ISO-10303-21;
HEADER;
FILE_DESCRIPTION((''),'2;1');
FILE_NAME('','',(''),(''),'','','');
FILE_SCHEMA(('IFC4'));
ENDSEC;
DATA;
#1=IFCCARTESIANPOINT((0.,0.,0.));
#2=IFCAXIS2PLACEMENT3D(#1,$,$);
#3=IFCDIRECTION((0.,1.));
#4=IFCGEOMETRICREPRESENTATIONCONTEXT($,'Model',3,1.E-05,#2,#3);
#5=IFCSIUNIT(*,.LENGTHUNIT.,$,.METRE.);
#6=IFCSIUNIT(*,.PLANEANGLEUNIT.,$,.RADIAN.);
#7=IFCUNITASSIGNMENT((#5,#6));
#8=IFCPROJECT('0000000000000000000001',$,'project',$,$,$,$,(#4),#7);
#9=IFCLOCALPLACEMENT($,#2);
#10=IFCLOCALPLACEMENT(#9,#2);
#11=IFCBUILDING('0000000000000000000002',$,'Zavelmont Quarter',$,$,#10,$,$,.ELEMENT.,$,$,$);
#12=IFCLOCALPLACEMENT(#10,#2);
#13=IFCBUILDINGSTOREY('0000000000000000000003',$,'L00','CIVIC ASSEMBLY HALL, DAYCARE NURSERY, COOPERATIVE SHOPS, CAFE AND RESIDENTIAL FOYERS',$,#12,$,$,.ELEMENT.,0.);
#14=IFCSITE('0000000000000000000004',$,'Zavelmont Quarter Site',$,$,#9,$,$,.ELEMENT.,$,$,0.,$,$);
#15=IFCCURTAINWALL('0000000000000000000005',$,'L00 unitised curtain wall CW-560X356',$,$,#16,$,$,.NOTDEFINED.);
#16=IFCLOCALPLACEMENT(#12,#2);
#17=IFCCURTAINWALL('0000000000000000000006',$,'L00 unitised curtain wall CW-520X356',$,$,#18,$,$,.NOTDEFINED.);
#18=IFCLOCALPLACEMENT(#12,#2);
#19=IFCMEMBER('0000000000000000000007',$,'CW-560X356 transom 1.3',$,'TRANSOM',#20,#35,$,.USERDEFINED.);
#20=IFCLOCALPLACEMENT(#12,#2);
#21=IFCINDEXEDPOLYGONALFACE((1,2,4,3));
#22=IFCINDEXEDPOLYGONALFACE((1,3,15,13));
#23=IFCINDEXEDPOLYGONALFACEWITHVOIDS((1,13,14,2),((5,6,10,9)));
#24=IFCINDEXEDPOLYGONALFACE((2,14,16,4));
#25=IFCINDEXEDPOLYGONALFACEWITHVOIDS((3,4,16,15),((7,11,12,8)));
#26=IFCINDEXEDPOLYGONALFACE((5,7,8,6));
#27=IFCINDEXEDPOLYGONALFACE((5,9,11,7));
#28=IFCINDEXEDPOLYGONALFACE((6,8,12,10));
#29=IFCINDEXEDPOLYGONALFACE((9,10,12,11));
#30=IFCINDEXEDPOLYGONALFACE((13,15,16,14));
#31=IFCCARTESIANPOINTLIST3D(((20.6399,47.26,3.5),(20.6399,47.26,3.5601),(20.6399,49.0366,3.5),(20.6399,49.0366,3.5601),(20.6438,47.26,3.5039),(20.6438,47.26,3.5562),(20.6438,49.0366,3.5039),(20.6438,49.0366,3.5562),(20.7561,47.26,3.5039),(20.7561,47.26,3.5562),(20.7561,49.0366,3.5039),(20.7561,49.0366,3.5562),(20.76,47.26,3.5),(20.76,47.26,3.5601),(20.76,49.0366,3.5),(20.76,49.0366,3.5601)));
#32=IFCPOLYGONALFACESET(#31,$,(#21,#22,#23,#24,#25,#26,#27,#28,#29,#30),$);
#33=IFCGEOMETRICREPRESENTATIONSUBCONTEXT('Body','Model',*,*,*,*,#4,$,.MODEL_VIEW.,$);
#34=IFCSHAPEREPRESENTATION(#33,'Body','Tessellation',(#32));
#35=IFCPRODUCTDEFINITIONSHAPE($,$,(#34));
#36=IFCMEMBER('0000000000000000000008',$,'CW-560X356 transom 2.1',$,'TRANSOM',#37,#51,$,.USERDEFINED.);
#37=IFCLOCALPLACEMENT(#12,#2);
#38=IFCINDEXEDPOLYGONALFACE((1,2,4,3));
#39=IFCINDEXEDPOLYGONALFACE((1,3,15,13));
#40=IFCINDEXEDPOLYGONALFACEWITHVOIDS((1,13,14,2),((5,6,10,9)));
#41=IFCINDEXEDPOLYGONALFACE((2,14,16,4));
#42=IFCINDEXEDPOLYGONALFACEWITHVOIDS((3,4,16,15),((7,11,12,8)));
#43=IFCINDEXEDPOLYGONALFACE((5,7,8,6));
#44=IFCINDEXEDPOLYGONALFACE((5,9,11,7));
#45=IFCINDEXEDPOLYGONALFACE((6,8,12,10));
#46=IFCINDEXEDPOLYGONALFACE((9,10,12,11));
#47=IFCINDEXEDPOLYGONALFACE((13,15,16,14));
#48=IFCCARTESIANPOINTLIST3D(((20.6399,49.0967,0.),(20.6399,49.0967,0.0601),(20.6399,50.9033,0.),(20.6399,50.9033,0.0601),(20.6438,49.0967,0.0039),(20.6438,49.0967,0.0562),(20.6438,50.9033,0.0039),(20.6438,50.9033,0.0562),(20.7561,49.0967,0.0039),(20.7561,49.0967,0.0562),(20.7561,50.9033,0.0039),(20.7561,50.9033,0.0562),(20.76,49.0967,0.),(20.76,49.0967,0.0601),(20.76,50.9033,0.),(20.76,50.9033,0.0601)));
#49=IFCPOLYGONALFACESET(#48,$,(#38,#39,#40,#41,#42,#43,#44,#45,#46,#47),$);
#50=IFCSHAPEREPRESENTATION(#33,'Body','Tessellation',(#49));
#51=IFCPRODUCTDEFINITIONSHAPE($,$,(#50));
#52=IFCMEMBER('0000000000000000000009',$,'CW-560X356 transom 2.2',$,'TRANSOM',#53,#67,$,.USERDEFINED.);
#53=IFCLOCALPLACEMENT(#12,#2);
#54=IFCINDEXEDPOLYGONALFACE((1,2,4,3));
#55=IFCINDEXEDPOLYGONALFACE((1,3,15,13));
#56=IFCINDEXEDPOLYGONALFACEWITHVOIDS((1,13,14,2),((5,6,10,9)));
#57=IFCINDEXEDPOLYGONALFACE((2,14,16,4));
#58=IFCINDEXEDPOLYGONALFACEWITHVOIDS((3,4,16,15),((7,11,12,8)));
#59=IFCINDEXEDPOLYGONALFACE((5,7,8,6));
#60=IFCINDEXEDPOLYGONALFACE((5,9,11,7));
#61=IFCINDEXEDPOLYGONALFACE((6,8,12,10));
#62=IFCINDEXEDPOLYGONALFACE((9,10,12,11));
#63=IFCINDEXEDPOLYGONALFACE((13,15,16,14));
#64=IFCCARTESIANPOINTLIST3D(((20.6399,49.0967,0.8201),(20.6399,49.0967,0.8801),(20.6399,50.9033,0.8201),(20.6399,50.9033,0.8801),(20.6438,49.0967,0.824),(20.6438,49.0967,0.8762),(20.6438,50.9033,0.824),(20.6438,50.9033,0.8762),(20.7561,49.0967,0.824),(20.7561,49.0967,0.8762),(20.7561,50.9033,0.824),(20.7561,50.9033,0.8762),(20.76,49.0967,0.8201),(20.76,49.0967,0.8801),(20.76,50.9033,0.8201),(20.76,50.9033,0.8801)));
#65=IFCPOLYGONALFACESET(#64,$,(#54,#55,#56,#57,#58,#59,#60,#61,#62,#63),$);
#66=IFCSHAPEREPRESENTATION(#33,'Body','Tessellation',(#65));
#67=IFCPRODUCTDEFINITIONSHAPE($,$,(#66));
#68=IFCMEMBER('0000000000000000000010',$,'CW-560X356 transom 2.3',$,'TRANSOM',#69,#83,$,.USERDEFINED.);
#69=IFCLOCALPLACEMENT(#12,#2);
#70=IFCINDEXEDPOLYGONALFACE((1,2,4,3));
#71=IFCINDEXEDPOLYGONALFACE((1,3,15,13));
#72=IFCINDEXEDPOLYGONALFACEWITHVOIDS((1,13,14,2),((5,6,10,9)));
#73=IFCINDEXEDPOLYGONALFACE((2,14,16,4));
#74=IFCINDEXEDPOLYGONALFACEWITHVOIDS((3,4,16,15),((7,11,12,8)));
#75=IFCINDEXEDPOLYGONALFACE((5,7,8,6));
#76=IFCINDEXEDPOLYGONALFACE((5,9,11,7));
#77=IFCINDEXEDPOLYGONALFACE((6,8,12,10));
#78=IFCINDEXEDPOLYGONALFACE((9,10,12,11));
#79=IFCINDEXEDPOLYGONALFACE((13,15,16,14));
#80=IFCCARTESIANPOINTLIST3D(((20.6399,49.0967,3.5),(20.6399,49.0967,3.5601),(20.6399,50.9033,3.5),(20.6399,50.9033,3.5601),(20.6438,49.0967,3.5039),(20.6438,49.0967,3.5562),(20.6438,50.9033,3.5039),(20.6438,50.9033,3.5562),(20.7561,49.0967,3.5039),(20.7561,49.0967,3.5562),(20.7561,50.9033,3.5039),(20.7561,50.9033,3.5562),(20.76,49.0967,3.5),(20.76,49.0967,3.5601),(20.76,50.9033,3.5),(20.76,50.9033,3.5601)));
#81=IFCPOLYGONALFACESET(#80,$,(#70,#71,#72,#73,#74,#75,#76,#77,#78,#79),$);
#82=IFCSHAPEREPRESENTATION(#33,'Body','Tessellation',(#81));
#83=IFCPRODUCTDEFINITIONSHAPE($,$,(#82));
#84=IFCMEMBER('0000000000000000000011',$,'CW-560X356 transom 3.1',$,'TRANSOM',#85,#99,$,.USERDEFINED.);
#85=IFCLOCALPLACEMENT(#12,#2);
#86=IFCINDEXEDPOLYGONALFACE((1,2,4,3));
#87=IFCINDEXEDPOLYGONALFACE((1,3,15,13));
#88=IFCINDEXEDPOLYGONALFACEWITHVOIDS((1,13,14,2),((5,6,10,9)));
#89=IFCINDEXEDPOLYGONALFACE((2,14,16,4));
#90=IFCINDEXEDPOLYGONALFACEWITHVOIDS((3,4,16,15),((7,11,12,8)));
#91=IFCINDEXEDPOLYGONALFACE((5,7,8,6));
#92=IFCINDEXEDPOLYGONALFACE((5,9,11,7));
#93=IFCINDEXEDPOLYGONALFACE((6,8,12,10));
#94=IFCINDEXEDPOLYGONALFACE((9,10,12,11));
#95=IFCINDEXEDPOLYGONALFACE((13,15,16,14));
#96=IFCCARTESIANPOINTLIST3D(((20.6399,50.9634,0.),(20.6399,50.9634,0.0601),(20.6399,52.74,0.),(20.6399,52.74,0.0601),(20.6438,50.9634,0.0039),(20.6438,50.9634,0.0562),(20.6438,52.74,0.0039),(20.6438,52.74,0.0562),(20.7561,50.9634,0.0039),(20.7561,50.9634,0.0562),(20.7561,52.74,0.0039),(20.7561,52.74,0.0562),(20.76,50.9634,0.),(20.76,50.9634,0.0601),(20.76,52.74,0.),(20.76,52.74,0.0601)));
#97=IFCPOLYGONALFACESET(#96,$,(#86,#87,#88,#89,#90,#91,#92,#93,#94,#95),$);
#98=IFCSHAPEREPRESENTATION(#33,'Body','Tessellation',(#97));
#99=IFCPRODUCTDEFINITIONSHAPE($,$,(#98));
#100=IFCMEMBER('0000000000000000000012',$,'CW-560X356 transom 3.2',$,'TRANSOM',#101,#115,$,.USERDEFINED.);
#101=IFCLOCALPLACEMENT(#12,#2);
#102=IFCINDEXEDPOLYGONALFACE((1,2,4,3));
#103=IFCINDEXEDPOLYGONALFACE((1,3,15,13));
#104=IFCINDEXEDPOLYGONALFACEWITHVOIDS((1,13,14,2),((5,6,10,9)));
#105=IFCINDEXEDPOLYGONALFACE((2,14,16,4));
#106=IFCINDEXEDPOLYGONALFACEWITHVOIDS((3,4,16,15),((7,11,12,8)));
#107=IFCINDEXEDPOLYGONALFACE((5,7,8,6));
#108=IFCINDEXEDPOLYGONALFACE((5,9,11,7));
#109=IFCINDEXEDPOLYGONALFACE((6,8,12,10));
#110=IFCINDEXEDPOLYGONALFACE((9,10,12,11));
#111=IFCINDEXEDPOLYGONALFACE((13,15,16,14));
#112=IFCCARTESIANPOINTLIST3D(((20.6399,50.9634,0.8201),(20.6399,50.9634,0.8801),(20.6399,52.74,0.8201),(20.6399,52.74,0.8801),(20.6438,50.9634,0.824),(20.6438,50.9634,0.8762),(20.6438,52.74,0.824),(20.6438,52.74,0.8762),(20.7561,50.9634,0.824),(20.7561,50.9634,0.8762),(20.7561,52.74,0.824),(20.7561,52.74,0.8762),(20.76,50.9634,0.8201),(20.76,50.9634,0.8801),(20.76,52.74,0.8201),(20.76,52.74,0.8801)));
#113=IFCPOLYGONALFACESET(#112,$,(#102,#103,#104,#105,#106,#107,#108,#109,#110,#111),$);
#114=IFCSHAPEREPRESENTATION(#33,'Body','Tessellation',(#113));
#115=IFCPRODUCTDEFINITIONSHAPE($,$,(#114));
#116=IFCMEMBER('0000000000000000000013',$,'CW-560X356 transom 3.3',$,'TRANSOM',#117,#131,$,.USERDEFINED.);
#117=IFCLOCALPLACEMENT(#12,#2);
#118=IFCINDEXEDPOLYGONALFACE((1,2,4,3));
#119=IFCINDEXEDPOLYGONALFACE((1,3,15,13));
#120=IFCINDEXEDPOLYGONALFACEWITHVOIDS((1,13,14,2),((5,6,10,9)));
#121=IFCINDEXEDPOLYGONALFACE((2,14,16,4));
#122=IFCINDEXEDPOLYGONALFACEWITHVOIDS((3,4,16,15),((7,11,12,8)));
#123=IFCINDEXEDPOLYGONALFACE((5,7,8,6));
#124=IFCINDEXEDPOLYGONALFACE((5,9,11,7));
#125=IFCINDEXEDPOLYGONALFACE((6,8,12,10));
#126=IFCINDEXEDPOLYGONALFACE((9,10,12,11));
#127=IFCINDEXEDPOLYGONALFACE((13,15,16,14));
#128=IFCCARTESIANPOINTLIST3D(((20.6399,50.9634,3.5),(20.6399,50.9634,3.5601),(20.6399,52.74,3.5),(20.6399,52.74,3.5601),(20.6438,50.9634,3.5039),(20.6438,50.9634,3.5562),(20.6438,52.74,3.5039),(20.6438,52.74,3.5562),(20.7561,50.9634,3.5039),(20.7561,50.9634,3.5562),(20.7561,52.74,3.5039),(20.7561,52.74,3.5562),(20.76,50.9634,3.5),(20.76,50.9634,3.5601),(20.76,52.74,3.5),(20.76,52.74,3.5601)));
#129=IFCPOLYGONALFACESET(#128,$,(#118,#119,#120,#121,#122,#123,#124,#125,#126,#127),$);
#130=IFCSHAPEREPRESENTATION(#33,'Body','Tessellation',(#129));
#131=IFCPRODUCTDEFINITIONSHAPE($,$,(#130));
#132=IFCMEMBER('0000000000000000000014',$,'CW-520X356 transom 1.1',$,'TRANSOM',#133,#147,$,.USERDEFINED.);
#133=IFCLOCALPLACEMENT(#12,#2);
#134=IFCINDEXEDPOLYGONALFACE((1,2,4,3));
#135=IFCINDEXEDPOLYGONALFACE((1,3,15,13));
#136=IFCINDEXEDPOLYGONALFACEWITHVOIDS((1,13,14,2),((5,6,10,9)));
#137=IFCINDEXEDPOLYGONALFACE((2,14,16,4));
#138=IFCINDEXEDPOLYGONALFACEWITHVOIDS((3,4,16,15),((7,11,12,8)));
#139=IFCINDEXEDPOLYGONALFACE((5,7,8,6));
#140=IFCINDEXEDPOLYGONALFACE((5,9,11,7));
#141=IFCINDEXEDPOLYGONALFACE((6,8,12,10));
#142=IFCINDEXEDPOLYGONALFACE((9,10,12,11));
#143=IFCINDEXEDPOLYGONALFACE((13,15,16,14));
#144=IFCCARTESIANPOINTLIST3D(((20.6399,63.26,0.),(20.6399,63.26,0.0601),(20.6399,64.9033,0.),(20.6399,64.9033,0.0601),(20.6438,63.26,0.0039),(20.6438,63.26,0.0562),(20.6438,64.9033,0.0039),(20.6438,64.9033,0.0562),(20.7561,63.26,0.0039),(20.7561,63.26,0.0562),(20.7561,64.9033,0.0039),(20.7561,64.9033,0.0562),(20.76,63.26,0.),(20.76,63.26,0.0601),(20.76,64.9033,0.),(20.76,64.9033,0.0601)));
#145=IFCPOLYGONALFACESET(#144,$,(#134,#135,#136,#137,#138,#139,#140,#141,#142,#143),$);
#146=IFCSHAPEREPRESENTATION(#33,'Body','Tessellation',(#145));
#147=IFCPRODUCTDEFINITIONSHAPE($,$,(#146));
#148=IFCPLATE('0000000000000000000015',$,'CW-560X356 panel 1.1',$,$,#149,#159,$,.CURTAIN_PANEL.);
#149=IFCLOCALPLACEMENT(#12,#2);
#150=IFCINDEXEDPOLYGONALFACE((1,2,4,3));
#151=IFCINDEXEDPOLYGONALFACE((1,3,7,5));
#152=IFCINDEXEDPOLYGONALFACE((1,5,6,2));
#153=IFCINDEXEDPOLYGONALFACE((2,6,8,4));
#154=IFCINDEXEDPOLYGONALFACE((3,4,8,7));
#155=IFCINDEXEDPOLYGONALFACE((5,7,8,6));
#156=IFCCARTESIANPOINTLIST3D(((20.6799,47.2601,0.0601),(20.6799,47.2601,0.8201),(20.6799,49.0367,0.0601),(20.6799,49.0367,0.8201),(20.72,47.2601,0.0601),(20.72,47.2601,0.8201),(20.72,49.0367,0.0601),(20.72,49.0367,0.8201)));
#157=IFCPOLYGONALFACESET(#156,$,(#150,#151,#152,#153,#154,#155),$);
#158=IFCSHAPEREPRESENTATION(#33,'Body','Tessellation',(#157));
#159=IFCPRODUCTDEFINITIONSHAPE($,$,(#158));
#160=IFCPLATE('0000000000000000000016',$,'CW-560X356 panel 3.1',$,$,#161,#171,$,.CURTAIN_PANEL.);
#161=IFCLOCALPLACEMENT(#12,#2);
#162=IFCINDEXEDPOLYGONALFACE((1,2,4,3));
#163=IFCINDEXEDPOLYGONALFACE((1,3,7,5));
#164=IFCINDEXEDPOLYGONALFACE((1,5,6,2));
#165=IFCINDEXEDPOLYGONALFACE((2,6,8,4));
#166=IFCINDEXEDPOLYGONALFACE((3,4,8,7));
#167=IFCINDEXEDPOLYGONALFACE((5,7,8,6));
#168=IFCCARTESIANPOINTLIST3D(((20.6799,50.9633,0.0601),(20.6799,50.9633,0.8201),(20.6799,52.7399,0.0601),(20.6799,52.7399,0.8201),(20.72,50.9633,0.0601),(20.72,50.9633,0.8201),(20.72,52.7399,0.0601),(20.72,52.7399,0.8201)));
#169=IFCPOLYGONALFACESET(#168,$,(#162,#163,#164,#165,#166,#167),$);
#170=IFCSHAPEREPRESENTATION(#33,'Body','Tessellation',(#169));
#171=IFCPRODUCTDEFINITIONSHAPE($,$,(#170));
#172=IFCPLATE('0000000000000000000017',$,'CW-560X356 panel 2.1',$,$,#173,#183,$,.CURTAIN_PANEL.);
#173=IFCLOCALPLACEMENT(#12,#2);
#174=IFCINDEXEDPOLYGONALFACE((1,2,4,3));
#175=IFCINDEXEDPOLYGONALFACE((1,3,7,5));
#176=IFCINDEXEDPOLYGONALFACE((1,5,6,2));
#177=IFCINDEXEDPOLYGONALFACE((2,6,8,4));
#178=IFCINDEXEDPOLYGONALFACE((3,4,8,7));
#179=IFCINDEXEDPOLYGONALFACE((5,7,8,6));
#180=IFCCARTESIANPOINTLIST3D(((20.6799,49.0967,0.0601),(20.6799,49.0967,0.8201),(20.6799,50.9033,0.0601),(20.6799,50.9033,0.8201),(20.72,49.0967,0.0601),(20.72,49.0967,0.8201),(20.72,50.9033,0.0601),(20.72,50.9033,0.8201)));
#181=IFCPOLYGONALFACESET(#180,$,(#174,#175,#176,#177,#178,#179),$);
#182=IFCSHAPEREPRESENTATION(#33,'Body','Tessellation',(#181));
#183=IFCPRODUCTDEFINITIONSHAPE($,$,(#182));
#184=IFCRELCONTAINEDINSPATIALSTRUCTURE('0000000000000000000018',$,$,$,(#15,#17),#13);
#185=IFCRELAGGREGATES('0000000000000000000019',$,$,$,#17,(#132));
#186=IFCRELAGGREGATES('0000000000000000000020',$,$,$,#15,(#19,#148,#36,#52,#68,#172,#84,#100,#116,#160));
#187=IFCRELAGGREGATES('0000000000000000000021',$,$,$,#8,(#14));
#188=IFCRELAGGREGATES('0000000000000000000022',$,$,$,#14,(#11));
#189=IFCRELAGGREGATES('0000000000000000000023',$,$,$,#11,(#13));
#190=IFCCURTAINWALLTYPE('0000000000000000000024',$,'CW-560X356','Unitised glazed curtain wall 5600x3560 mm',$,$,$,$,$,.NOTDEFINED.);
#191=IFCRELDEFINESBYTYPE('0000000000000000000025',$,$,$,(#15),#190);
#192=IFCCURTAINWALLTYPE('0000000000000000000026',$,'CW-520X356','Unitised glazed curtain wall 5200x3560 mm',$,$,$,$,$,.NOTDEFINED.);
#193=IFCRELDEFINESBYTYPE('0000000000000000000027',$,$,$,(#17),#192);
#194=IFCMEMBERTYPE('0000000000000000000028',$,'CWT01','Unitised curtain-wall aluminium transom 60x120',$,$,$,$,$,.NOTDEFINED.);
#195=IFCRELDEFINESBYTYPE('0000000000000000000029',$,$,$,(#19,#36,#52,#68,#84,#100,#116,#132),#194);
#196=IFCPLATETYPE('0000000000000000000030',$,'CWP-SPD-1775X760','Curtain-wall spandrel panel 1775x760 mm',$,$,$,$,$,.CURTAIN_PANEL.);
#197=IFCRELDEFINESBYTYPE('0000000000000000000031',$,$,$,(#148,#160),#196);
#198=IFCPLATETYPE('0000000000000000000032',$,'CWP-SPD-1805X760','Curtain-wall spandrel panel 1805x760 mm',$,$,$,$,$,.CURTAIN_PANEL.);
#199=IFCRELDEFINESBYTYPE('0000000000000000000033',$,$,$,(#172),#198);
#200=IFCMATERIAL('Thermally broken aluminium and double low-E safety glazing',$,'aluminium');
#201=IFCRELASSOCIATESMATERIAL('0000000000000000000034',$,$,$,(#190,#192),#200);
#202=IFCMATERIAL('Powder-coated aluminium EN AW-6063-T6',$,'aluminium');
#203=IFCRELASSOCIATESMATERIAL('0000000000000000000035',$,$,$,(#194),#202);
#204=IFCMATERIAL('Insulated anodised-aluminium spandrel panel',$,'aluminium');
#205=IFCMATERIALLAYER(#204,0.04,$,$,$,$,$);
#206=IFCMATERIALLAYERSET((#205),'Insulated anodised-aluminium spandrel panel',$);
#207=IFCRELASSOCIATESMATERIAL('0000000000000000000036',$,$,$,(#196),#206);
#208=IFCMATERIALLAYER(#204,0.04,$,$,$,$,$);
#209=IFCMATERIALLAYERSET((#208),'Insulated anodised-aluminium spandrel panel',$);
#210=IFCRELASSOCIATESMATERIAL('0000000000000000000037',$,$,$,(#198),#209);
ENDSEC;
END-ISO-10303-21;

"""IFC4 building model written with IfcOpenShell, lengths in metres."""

from ifc_helpers import new_model, si_unit, direction, frame, origin, origin_2d, place, context, subcontext, project, spatial, rectangle, hollow_rectangle, extrude, material, layer, layer_set, material_profile, profile_set, type_object, element, aggregate, save


model = new_model("IFC4")

# Units and contexts
model_context = context("Model", 3, precision=1e-05, world=origin(), true_north=direction((0.0, 1.0)))
body_context = subcontext(model_context, "Body", "Model", "MODEL_VIEW")
ifc_project = project(units=[si_unit("LENGTHUNIT", "METRE"), si_unit("PLANEANGLEUNIT", "RADIAN")], contexts=[model_context])

# Site, building, storey
site_placement = place(None, origin())
site = spatial("IfcSite", under=ifc_project, at=site_placement, Name="Zavelmont Quarter Site", CompositionType="ELEMENT", RefElevation=0.0)
building_placement = place(site_placement, origin())
building = spatial("IfcBuilding", under=site, at=building_placement, Name="Zavelmont Quarter", CompositionType="ELEMENT")
storey_placement = place(building_placement, origin())
storey = spatial("IfcBuildingStorey", under=building, at=storey_placement, Name="L00", Description="CIVIC ASSEMBLY HALL, DAYCARE NURSERY, COOPERATIVE SHOPS, CAFE AND RESIDENTIAL FOYERS", CompositionType="ELEMENT", Elevation=0.0)

# Curtain wall
ifc_material_1 = material(Name="Thermally broken aluminium and double low-E safety glazing", Category="aluminium")
curtain_wall_type_1 = type_object("IfcCurtainWallType", Name="CW-560X356", Description="Unitised glazed curtain wall 5600x3560 mm", PredefinedType="NOTDEFINED", material=ifc_material_1)
curtain_wall_1_placement = place(storey_placement, origin())
curtain_wall_1 = element("IfcCurtainWall", 1, at=curtain_wall_1_placement, inside=storey, type_object=curtain_wall_type_1, Name="L00 unitised curtain wall CW-560X356", PredefinedType="NOTDEFINED")
ifc_material_2 = material(Name="Powder-coated aluminium EN AW-6063-T6", Category="aluminium")

# Curtain wall
curtain_wall_type_2 = type_object("IfcCurtainWallType", Name="CW-520X356", Description="Unitised glazed curtain wall 5200x3560 mm", PredefinedType="NOTDEFINED", material=ifc_material_1)
curtain_wall_2_placement = place(storey_placement, origin())
curtain_wall_2 = element("IfcCurtainWall", 2, at=curtain_wall_2_placement, inside=storey, type_object=curtain_wall_type_2, Name="L00 unitised curtain wall CW-520X356", PredefinedType="NOTDEFINED")

# Members
ifc_material_profile_1 = material_profile(ifc_material_2, hollow_rectangle(XDim=0.1201, YDim=0.0601, WallThickness=0.0039, at=origin_2d()), Name="CWT60X120")
ifc_profile_set_1 = profile_set([ifc_material_profile_1], Name="Powder-coated aluminium EN AW-6063-T6")
member_type_1 = type_object("IfcMemberType", Name="CWT01", Description="Unitised curtain-wall aluminium transom 60x120", PredefinedType="NOTDEFINED", material=ifc_profile_set_1)
member_1_placement = place(storey_placement, frame((20.7, 47.26, 3.53), z_axis=(0.0, 1.0, 0.0), x_axis=(-1.0, 0.0, 0.0)))
member_1 = element("IfcMember", 3, at=member_1_placement, type_object=member_type_1, Name="CW-560X356 transom 1.3", ObjectType="TRANSOM", PredefinedType="USERDEFINED", context=body_context, shape_type="SweptSolid", body=[
    extrude(hollow_rectangle(XDim=0.1201, YDim=0.0601, WallThickness=0.0039, at=origin_2d()), origin(), (0.0, 0.0, 1.0), 1.7766),
])
member_2_placement = place(storey_placement, frame((20.7, 49.0967, 0.03), z_axis=(0.0, 1.0, 0.0), x_axis=(-1.0, 0.0, 0.0)))
member_2 = element("IfcMember", 4, at=member_2_placement, type_object=member_type_1, Name="CW-560X356 transom 2.1", ObjectType="TRANSOM", PredefinedType="USERDEFINED", context=body_context, shape_type="SweptSolid", body=[
    extrude(hollow_rectangle(XDim=0.1201, YDim=0.0601, WallThickness=0.0039, at=origin_2d()), origin(), (0.0, 0.0, 1.0), 1.8066),
])
member_3_placement = place(storey_placement, frame((20.7, 49.0967, 0.8501), z_axis=(0.0, 1.0, 0.0), x_axis=(-1.0, 0.0, 0.0)))
member_3 = element("IfcMember", 5, at=member_3_placement, type_object=member_type_1, Name="CW-560X356 transom 2.2", ObjectType="TRANSOM", PredefinedType="USERDEFINED", context=body_context, shape_type="SweptSolid", body=[
    extrude(hollow_rectangle(XDim=0.1201, YDim=0.0601, WallThickness=0.0039, at=origin_2d()), origin(), (0.0, 0.0, 1.0), 1.8066),
])
member_4_placement = place(storey_placement, frame((20.7, 49.0967, 3.53), z_axis=(0.0, 1.0, 0.0), x_axis=(-1.0, 0.0, 0.0)))
member_4 = element("IfcMember", 6, at=member_4_placement, type_object=member_type_1, Name="CW-560X356 transom 2.3", ObjectType="TRANSOM", PredefinedType="USERDEFINED", context=body_context, shape_type="SweptSolid", body=[
    extrude(hollow_rectangle(XDim=0.1201, YDim=0.0601, WallThickness=0.0039, at=origin_2d()), origin(), (0.0, 0.0, 1.0), 1.8066),
])
member_5_placement = place(storey_placement, frame((20.7, 50.9634, 0.03), z_axis=(0.0, 1.0, 0.0), x_axis=(-1.0, 0.0, 0.0)))
member_5 = element("IfcMember", 7, at=member_5_placement, type_object=member_type_1, Name="CW-560X356 transom 3.1", ObjectType="TRANSOM", PredefinedType="USERDEFINED", context=body_context, shape_type="SweptSolid", body=[
    extrude(hollow_rectangle(XDim=0.1201, YDim=0.0601, WallThickness=0.0039, at=origin_2d()), origin(), (0.0, 0.0, 1.0), 1.7766),
])
member_6_placement = place(storey_placement, frame((20.7, 50.9634, 0.8501), z_axis=(0.0, 1.0, 0.0), x_axis=(-1.0, 0.0, 0.0)))
member_6 = element("IfcMember", 8, at=member_6_placement, type_object=member_type_1, Name="CW-560X356 transom 3.2", ObjectType="TRANSOM", PredefinedType="USERDEFINED", context=body_context, shape_type="SweptSolid", body=[
    extrude(hollow_rectangle(XDim=0.1201, YDim=0.0601, WallThickness=0.0039, at=origin_2d()), origin(), (0.0, 0.0, 1.0), 1.7766),
])
member_7_placement = place(storey_placement, frame((20.7, 50.9634, 3.53), z_axis=(0.0, 1.0, 0.0), x_axis=(-1.0, 0.0, 0.0)))
member_7 = element("IfcMember", 9, at=member_7_placement, type_object=member_type_1, Name="CW-560X356 transom 3.3", ObjectType="TRANSOM", PredefinedType="USERDEFINED", context=body_context, shape_type="SweptSolid", body=[
    extrude(hollow_rectangle(XDim=0.1201, YDim=0.0601, WallThickness=0.0039, at=origin_2d()), origin(), (0.0, 0.0, 1.0), 1.7766),
])
member_8_placement = place(storey_placement, frame((20.7, 63.26, 0.03), z_axis=(0.0, 1.0, 0.0), x_axis=(-1.0, 0.0, 0.0)))
member_8 = element("IfcMember", 10, at=member_8_placement, type_object=member_type_1, Name="CW-520X356 transom 1.1", ObjectType="TRANSOM", PredefinedType="USERDEFINED", context=body_context, shape_type="SweptSolid", body=[
    extrude(hollow_rectangle(XDim=0.1201, YDim=0.0601, WallThickness=0.0039, at=origin_2d()), origin(), (0.0, 0.0, 1.0), 1.6433),
])
aggregate(curtain_wall_2, [member_8])

# Plates
ifc_material_3 = material(Name="Insulated anodised-aluminium spandrel panel", Category="aluminium")
ifc_layer_1 = layer(ifc_material_3, 0.04)
ifc_layer_set_1 = layer_set([ifc_layer_1], Name="Insulated anodised-aluminium spandrel panel")
plate_type_1 = type_object("IfcPlateType", Name="CWP-SPD-1775X760", Description="Curtain-wall spandrel panel 1775x760 mm", PredefinedType="CURTAIN_PANEL", material=ifc_layer_set_1)
plate_1_placement = place(storey_placement, frame((20.7, 48.1484, 0.0601), z_axis=(0.0, 0.0, 1.0), x_axis=(0.0, 1.0, 0.0)))
plate_1 = element("IfcPlate", 11, at=plate_1_placement, type_object=plate_type_1, Name="CW-560X356 panel 1.1", PredefinedType="CURTAIN_PANEL", context=body_context, shape_type="SweptSolid", body=[
    extrude(rectangle(XDim=1.7766, YDim=0.04, at=origin_2d()), origin(), (0.0, 0.0, 1.0), 0.76),
])
plate_2_placement = place(storey_placement, frame((20.7, 51.8516, 0.0601), z_axis=(0.0, 0.0, 1.0), x_axis=(0.0, 1.0, 0.0)))
plate_2 = element("IfcPlate", 12, at=plate_2_placement, type_object=plate_type_1, Name="CW-560X356 panel 3.1", PredefinedType="CURTAIN_PANEL", context=body_context, shape_type="SweptSolid", body=[
    extrude(rectangle(XDim=1.7766, YDim=0.04, at=origin_2d()), origin(), (0.0, 0.0, 1.0), 0.76),
])
ifc_layer_2 = layer(ifc_material_3, 0.04)
ifc_layer_set_2 = layer_set([ifc_layer_2], Name="Insulated anodised-aluminium spandrel panel")
plate_type_2 = type_object("IfcPlateType", Name="CWP-SPD-1805X760", Description="Curtain-wall spandrel panel 1805x760 mm", PredefinedType="CURTAIN_PANEL", material=ifc_layer_set_2)
plate_3_placement = place(storey_placement, frame((20.7, 50.0, 0.0601), z_axis=(0.0, 0.0, 1.0), x_axis=(0.0, 1.0, 0.0)))
plate_3 = element("IfcPlate", 13, at=plate_3_placement, type_object=plate_type_2, Name="CW-560X356 panel 2.1", PredefinedType="CURTAIN_PANEL", context=body_context, shape_type="SweptSolid", body=[
    extrude(rectangle(XDim=1.8066, YDim=0.04, at=origin_2d()), origin(), (0.0, 0.0, 1.0), 0.76),
])
aggregate(curtain_wall_1, [member_1, plate_1, member_2, member_3, member_4, plate_3, member_5, member_6, member_7, plate_2])

save(model, "model.ifc")
